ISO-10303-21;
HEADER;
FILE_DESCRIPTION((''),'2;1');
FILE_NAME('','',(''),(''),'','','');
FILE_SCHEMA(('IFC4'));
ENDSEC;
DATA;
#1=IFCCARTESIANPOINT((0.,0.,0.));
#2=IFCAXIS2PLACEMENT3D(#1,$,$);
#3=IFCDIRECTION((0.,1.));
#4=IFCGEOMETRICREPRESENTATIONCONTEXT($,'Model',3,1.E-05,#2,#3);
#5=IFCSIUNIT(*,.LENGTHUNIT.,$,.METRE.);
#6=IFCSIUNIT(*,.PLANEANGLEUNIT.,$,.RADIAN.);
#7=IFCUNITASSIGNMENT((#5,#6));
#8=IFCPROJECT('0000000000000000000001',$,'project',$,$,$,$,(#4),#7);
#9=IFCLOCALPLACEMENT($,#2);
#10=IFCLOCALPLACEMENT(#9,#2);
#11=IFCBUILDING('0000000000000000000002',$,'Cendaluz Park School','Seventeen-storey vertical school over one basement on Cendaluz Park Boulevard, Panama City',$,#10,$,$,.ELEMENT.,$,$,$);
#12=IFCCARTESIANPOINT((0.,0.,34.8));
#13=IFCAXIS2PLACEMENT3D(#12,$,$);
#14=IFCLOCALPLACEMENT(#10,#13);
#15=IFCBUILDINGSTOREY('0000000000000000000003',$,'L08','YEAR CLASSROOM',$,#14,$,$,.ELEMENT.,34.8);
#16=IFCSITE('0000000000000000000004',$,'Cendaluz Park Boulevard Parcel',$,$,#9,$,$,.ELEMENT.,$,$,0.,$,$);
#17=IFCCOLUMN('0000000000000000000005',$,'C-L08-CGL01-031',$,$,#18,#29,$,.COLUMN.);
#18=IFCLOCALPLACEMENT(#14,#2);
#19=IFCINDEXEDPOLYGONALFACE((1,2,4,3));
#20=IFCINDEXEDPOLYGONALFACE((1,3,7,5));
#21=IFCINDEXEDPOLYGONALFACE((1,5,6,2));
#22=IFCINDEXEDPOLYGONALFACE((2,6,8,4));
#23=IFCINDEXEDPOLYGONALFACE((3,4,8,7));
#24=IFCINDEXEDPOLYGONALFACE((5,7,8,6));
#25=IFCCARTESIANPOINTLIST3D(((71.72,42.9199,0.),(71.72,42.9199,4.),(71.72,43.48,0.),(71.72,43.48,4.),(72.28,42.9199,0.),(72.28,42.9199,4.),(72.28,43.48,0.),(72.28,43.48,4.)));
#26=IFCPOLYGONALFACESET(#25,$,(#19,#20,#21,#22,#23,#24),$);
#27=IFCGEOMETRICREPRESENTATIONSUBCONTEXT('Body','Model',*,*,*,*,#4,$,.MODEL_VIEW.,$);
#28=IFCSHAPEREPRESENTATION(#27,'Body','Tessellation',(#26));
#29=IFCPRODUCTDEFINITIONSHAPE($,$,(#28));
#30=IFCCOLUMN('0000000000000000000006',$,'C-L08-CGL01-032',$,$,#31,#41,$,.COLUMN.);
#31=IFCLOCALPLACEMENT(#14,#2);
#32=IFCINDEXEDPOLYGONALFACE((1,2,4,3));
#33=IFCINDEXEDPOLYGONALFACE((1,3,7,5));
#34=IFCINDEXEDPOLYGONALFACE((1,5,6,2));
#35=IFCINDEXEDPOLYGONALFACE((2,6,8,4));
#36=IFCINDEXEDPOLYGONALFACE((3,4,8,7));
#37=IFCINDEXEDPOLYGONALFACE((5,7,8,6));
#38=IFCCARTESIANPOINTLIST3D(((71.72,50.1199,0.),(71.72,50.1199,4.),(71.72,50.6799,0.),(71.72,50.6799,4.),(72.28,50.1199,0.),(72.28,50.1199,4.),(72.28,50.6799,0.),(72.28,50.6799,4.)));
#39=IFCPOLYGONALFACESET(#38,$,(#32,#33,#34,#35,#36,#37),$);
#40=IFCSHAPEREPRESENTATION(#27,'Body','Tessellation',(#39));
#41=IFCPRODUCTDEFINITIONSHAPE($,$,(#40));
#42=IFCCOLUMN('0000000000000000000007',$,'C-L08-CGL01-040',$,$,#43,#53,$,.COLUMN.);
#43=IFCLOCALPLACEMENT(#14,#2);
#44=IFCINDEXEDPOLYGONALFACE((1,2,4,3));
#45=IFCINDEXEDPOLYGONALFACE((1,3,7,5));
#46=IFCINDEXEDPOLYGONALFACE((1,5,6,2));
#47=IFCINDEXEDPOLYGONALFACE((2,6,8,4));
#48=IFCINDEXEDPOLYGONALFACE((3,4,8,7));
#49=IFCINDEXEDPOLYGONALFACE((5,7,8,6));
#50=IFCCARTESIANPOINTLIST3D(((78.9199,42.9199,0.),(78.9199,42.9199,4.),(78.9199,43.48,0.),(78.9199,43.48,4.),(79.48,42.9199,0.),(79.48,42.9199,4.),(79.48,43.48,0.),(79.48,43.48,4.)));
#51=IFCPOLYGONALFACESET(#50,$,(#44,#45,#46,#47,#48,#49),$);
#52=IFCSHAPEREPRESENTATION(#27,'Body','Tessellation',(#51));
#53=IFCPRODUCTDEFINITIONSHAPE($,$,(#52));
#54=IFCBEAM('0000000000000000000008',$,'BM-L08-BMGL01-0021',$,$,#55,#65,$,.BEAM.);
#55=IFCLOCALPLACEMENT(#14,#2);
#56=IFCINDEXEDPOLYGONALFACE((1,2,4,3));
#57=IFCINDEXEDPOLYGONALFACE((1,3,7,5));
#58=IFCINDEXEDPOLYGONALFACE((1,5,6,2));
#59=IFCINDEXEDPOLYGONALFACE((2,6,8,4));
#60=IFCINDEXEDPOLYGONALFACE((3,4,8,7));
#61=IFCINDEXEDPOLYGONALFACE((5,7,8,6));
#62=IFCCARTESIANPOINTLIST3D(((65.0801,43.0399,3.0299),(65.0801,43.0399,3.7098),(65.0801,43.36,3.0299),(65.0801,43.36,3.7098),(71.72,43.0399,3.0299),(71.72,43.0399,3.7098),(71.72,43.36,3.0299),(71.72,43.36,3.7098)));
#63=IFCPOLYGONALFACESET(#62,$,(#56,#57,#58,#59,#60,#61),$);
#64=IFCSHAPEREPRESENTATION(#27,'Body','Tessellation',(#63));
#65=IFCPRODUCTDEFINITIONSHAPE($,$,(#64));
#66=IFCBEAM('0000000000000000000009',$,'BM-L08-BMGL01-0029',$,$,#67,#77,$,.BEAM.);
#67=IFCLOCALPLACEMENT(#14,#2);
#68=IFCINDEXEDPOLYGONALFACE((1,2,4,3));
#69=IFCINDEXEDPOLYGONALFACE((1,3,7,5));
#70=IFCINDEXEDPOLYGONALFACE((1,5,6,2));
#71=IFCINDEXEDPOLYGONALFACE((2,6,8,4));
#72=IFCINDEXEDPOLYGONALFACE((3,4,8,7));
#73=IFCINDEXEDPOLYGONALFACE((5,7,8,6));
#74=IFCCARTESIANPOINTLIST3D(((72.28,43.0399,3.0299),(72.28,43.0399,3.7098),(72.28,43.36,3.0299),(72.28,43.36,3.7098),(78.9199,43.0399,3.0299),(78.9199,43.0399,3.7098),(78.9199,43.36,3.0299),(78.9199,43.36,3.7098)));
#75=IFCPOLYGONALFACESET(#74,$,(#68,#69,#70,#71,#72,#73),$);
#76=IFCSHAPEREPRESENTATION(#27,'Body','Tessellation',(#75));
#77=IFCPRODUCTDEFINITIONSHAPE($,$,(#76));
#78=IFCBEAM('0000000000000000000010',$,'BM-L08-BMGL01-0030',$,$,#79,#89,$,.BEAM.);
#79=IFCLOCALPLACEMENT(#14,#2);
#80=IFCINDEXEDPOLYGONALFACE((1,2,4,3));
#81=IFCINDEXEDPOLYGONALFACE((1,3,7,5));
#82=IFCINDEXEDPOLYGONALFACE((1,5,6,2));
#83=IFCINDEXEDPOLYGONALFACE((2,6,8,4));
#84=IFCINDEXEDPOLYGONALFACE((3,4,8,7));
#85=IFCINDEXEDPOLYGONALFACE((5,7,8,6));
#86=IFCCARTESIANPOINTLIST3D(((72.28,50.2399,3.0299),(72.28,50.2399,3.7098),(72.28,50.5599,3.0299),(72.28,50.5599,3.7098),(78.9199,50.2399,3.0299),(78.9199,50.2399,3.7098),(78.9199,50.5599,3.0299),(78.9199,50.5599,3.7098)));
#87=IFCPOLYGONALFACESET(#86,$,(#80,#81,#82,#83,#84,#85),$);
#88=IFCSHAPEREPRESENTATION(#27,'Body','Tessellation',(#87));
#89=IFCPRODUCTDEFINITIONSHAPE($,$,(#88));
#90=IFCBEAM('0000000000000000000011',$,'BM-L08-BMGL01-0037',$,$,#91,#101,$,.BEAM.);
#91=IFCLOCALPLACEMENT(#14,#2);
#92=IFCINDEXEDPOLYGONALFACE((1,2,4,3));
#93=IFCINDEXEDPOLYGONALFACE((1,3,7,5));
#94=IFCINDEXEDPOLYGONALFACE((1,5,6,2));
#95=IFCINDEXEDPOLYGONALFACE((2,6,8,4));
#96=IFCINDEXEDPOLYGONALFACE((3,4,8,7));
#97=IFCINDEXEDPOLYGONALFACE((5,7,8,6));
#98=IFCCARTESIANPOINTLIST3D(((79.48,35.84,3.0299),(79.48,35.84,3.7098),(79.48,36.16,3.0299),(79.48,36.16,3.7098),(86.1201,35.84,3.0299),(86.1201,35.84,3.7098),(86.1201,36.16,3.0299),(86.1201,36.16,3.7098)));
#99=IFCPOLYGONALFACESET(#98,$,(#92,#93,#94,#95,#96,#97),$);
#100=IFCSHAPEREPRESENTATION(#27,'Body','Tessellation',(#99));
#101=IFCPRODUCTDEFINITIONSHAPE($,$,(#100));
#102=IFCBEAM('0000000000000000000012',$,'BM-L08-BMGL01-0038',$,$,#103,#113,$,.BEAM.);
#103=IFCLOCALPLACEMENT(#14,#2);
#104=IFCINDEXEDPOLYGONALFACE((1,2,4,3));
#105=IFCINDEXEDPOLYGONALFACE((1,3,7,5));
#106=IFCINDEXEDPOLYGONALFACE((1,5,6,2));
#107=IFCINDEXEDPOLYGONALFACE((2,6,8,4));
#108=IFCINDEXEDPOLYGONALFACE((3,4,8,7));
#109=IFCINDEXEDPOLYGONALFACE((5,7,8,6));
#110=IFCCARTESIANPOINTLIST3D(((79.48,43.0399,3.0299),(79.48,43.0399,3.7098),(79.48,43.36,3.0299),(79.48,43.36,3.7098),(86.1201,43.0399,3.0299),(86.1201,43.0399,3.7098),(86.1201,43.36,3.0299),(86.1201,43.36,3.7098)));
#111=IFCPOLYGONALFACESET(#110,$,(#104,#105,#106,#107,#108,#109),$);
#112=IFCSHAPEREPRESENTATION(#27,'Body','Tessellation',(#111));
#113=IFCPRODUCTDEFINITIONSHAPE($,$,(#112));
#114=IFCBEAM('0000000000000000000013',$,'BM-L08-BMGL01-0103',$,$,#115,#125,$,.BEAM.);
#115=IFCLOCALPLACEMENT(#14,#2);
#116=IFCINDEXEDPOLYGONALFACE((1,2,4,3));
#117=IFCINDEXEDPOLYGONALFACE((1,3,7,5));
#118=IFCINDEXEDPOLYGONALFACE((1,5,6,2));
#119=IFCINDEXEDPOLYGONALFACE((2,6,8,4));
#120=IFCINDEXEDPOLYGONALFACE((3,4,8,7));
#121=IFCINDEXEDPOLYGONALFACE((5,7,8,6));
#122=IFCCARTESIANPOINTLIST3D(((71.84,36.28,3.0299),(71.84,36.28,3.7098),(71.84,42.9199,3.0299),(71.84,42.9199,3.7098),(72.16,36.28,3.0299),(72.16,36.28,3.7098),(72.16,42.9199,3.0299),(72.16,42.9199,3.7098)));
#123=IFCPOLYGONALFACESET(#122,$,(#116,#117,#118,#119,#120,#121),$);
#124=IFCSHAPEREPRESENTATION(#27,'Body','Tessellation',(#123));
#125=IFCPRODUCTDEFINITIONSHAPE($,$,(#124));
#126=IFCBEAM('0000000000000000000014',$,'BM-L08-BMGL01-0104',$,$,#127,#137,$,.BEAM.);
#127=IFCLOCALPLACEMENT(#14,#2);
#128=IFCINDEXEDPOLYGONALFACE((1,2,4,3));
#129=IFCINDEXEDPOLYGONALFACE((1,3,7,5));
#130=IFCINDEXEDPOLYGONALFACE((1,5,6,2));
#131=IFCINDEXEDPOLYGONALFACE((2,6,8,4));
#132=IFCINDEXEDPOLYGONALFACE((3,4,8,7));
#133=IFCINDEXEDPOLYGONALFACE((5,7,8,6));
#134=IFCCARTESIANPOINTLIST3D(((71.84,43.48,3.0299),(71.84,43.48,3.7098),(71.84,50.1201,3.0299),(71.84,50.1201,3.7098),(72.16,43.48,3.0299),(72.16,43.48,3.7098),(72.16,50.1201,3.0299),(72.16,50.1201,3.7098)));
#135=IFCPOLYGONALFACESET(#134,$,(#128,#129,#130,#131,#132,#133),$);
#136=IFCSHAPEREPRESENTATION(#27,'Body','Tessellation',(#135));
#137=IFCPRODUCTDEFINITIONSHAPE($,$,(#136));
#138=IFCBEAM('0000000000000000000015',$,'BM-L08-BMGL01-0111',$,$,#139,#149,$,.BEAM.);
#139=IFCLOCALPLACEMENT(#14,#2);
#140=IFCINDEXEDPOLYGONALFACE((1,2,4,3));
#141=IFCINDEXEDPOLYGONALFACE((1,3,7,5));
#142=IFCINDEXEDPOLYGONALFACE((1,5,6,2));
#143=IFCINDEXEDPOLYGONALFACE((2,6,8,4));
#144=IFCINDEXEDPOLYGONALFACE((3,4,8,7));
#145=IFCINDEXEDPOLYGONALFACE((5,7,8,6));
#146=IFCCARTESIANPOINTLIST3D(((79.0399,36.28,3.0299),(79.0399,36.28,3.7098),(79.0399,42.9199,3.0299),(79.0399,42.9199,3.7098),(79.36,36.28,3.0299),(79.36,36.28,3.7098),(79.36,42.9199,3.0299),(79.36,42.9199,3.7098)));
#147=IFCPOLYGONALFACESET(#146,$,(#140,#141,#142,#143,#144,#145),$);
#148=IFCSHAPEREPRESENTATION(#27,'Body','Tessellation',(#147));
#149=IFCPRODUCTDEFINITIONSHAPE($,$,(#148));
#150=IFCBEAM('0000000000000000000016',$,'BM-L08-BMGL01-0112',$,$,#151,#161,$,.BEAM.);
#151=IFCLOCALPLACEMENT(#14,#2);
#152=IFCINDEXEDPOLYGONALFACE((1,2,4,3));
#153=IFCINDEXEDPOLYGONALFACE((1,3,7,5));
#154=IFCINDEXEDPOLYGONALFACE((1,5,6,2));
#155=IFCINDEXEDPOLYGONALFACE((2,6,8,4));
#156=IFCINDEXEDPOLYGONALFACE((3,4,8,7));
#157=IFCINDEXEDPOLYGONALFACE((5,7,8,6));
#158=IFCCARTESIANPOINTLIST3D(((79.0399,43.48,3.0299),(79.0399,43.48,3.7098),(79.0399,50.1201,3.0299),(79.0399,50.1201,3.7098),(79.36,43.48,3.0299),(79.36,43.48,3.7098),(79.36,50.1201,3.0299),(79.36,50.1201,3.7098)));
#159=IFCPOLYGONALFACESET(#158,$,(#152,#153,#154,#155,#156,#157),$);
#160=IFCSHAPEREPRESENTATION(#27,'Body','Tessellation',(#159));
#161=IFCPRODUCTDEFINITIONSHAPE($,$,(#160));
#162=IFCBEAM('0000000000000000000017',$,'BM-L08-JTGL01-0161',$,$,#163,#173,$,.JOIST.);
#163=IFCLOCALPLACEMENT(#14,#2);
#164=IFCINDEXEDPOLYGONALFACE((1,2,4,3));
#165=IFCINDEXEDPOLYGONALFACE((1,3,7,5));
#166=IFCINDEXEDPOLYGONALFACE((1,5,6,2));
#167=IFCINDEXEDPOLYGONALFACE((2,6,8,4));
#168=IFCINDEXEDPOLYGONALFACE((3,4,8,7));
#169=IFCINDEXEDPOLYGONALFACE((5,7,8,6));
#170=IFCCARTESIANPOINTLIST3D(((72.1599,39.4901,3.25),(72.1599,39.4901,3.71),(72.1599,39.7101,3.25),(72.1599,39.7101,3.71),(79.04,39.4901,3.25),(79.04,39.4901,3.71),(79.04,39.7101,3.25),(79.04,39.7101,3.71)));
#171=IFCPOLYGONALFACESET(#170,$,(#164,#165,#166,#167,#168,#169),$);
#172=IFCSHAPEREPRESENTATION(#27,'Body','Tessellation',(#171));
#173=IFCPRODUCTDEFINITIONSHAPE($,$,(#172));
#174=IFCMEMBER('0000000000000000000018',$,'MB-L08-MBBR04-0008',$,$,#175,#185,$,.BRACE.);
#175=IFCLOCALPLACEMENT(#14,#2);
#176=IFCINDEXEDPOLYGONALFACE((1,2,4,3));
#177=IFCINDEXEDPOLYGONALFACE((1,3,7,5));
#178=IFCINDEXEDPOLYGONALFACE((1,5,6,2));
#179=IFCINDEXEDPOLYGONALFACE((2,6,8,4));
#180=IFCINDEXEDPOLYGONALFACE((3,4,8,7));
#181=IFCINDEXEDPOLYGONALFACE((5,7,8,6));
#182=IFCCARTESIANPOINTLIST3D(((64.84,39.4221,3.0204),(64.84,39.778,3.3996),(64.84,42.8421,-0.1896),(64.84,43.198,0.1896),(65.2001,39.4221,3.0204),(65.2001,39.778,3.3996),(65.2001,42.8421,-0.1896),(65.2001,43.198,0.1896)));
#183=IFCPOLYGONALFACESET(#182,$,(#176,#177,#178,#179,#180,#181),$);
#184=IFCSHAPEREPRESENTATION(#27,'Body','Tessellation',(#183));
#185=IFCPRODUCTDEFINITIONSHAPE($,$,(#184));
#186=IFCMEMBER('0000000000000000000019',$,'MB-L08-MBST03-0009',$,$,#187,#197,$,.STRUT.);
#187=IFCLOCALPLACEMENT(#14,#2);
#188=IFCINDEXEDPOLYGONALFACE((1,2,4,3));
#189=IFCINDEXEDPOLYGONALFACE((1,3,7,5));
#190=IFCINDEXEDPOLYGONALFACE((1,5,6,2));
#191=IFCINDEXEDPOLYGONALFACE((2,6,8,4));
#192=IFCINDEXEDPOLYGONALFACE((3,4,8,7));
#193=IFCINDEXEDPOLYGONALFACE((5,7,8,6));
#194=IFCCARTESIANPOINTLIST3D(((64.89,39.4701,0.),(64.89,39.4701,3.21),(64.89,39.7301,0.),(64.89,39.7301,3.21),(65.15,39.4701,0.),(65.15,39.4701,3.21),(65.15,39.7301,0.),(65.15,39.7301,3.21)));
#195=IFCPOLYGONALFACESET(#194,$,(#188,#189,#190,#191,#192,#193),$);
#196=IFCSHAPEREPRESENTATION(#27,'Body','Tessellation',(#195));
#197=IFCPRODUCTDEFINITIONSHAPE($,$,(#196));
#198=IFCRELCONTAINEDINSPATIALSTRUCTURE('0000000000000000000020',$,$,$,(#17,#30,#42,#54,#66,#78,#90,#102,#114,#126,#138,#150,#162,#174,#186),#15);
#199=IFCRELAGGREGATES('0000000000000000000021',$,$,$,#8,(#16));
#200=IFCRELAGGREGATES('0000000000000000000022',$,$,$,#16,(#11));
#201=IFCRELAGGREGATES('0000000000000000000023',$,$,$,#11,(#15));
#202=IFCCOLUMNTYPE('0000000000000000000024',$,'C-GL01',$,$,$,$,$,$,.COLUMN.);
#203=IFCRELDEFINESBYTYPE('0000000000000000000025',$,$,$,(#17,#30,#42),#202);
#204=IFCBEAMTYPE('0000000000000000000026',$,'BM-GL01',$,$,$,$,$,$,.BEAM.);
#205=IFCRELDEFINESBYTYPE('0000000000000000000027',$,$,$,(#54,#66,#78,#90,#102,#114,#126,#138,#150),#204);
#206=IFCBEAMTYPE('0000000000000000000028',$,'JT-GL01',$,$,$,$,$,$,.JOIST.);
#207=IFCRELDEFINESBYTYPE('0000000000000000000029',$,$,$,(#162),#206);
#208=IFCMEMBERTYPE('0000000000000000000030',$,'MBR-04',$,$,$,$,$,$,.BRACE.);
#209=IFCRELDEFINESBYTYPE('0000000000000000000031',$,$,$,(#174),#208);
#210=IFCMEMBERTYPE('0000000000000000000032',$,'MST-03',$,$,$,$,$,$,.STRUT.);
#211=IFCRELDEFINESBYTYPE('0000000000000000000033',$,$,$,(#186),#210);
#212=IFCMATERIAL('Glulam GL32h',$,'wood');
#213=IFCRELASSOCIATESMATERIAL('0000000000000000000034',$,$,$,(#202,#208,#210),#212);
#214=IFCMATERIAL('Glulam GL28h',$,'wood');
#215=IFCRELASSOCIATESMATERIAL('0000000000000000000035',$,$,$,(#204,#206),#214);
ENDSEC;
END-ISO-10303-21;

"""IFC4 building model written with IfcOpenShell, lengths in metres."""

from ifc_helpers import new_model, si_unit, direction, frame, origin, origin_2d, place, context, subcontext, project, spatial, rectangle, extrude, material, material_profile, profile_set, type_object, element, save


model = new_model("IFC4")

# Units and contexts
model_context = context("Model", 3, precision=1e-05, world=origin(), true_north=direction((0.0, 1.0)))
body_context = subcontext(model_context, "Body", "Model", "MODEL_VIEW")
ifc_project = project(units=[si_unit("LENGTHUNIT", "METRE"), si_unit("PLANEANGLEUNIT", "RADIAN")], contexts=[model_context])

# Site, building, storey
site_placement = place(None, origin())
site = spatial("IfcSite", under=ifc_project, at=site_placement, Name="Cendaluz Park Boulevard Parcel", CompositionType="ELEMENT", RefElevation=0.0)
building_placement = place(site_placement, origin())
building = spatial("IfcBuilding", under=site, at=building_placement, Name="Cendaluz Park School", Description="Seventeen-storey vertical school over one basement on Cendaluz Park Boulevard, Panama City", CompositionType="ELEMENT")
storey_placement = place(building_placement, frame((0.0, 0.0, 34.8)))
storey = spatial("IfcBuildingStorey", under=building, at=storey_placement, Name="L08", Description="YEAR CLASSROOM", CompositionType="ELEMENT", Elevation=34.8)

# Columns
ifc_material_1 = material(Name="Glulam GL32h", Category="wood")
ifc_material_profile_1 = material_profile(ifc_material_1, rectangle(XDim=0.5601, YDim=0.5601, at=origin_2d()), Name="GL32h 560x560", Category="wood")
ifc_profile_set_1 = profile_set([ifc_material_profile_1], Name="Glulam GL32h")
column_type = type_object("IfcColumnType", Name="C-GL01", PredefinedType="COLUMN", material=ifc_profile_set_1)
for number, where, z_axis, x_axis, name in (
    (1, (72.0, 43.2, 0.0), (0.0, 0.0, 1.0), (1.0, 0.0, 0.0), "C-L08-CGL01-031"),
    (2, (72.0, 50.3999, 0.0), (0.0, 0.0, 1.0), (1.0, 0.0, 0.0), "C-L08-CGL01-032"),
    (3, (79.2, 43.2, 0.0), (0.0, 0.0, 1.0), (1.0, 0.0, 0.0), "C-L08-CGL01-040"),
):
    element("IfcColumn", number, at=place(storey_placement, frame(where, z_axis=z_axis, x_axis=x_axis)), inside=storey, type_object=column_type, Name=name, PredefinedType="COLUMN", context=body_context, shape_type="SweptSolid", body=[
        extrude(rectangle(XDim=0.5601, YDim=0.5601, at=origin_2d()), origin(), (0.0, 0.0, 1.0), 4.0),
    ])

# Beams
ifc_material_2 = material(Name="Glulam GL28h", Category="wood")
ifc_material_profile_2 = material_profile(ifc_material_2, rectangle(XDim=0.3201, YDim=0.6799, at=origin_2d()), Name="GL28h 320x680", Category="wood")
ifc_profile_set_2 = profile_set([ifc_material_profile_2], Name="Glulam GL28h")
beam_type_1 = type_object("IfcBeamType", Name="BM-GL01", PredefinedType="BEAM", material=ifc_profile_set_2)
for number, where, z_axis, x_axis, name in (
    (4, (65.0801, 43.2, 3.3699), (1.0, 0.0, 0.0), (0.0, 1.0, 0.0), "BM-L08-BMGL01-0021"),
    (5, (72.28, 43.2, 3.3699), (1.0, 0.0, 0.0), (0.0, 1.0, 0.0), "BM-L08-BMGL01-0029"),
    (6, (72.28, 50.3999, 3.3699), (1.0, 0.0, 0.0), (0.0, 1.0, 0.0), "BM-L08-BMGL01-0030"),
):
    element("IfcBeam", number, at=place(storey_placement, frame(where, z_axis=z_axis, x_axis=x_axis)), inside=storey, type_object=beam_type_1, Name=name, PredefinedType="BEAM", context=body_context, shape_type="SweptSolid", body=[
        extrude(rectangle(XDim=0.3201, YDim=0.6799, at=origin_2d()), origin(), (0.0, 0.0, 1.0), 6.6399),
    ])
for number, where, z_axis, x_axis, name in (
    (7, (79.48, 36.0, 3.3699), (1.0, 0.0, 0.0), (0.0, 1.0, 0.0), "BM-L08-BMGL01-0037"),
    (8, (79.48, 43.2, 3.3699), (1.0, 0.0, 0.0), (0.0, 1.0, 0.0), "BM-L08-BMGL01-0038"),
):
    element("IfcBeam", number, at=place(storey_placement, frame(where, z_axis=z_axis, x_axis=x_axis)), inside=storey, type_object=beam_type_1, Name=name, PredefinedType="BEAM", context=body_context, shape_type="SweptSolid", body=[
        extrude(rectangle(XDim=0.3201, YDim=0.6799, at=origin_2d()), origin(), (0.0, 0.0, 1.0), 6.6401),
    ])
beam_1_placement = place(storey_placement, frame((72.0, 36.28, 3.3699), z_axis=(0.0, 1.0, 0.0), x_axis=(-1.0, 0.0, 0.0)))
element("IfcBeam", 9, at=beam_1_placement, inside=storey, type_object=beam_type_1, Name="BM-L08-BMGL01-0103", PredefinedType="BEAM", context=body_context, shape_type="SweptSolid", body=[
    extrude(rectangle(XDim=0.3201, YDim=0.6799, at=origin_2d()), origin(), (0.0, 0.0, 1.0), 6.6399),
])
beam_2_placement = place(storey_placement, frame((72.0, 43.48, 3.3699), z_axis=(0.0, 1.0, 0.0), x_axis=(-1.0, 0.0, 0.0)))
element("IfcBeam", 10, at=beam_2_placement, inside=storey, type_object=beam_type_1, Name="BM-L08-BMGL01-0104", PredefinedType="BEAM", context=body_context, shape_type="SweptSolid", body=[
    extrude(rectangle(XDim=0.3201, YDim=0.6799, at=origin_2d()), origin(), (0.0, 0.0, 1.0), 6.6401),
])
beam_3_placement = place(storey_placement, frame((79.2, 36.28, 3.3699), z_axis=(0.0, 1.0, 0.0), x_axis=(-1.0, 0.0, 0.0)))
element("IfcBeam", 11, at=beam_3_placement, inside=storey, type_object=beam_type_1, Name="BM-L08-BMGL01-0111", PredefinedType="BEAM", context=body_context, shape_type="SweptSolid", body=[
    extrude(rectangle(XDim=0.3201, YDim=0.6799, at=origin_2d()), origin(), (0.0, 0.0, 1.0), 6.6399),
])
beam_4_placement = place(storey_placement, frame((79.2, 43.48, 3.3699), z_axis=(0.0, 1.0, 0.0), x_axis=(-1.0, 0.0, 0.0)))
element("IfcBeam", 12, at=beam_4_placement, inside=storey, type_object=beam_type_1, Name="BM-L08-BMGL01-0112", PredefinedType="BEAM", context=body_context, shape_type="SweptSolid", body=[
    extrude(rectangle(XDim=0.3201, YDim=0.6799, at=origin_2d()), origin(), (0.0, 0.0, 1.0), 6.6401),
])
ifc_material_profile_3 = material_profile(ifc_material_2, rectangle(XDim=0.22, YDim=0.46, at=origin_2d()), Name="GL28h 220x460", Category="wood")
ifc_profile_set_3 = profile_set([ifc_material_profile_3], Name="Glulam GL28h")
beam_type_2 = type_object("IfcBeamType", Name="JT-GL01", PredefinedType="JOIST", material=ifc_profile_set_3)
beam_5_placement = place(storey_placement, frame((72.1599, 39.6001, 3.48), z_axis=(1.0, 0.0, 0.0), x_axis=(0.0, 1.0, 0.0)))
element("IfcBeam", 13, at=beam_5_placement, inside=storey, type_object=beam_type_2, Name="BM-L08-JTGL01-0161", PredefinedType="JOIST", context=body_context, shape_type="SweptSolid", body=[
    extrude(rectangle(XDim=0.22, YDim=0.46, at=origin_2d()), origin(), (0.0, 0.0, 1.0), 6.8801),
])

# Members
ifc_material_profile_4 = material_profile(ifc_material_1, rectangle(XDim=0.3601, YDim=0.52, at=origin_2d()), Name="GL32h 360x520", Category="wood")
ifc_profile_set_4 = profile_set([ifc_material_profile_4], Name="Glulam GL32h")
member_type_1 = type_object("IfcMemberType", Name="MBR-04", PredefinedType="BRACE", material=ifc_profile_set_4)
member_1_placement = place(storey_placement, frame((65.02, 43.02, 0.0), z_axis=(0.0, -0.729135, 0.68437), x_axis=(1.0, 0.0, 0.0)))
element("IfcMember", 14, at=member_1_placement, inside=storey, type_object=member_type_1, Name="MB-L08-MBBR04-0008", PredefinedType="BRACE", context=body_context, shape_type="SweptSolid", body=[
    extrude(rectangle(XDim=0.3601, YDim=0.52, at=origin_2d()), origin(), (0.0, 0.0, 1.0), 4.6904),
])
ifc_material_profile_5 = material_profile(ifc_material_1, rectangle(XDim=0.26, YDim=0.26, at=origin_2d()), Name="GL32h 260x260", Category="wood")
ifc_profile_set_5 = profile_set([ifc_material_profile_5], Name="Glulam GL32h")
member_type_2 = type_object("IfcMemberType", Name="MST-03", PredefinedType="STRUT", material=ifc_profile_set_5)
member_2_placement = place(storey_placement, frame((65.02, 39.6001, 0.0), z_axis=(0.0, 0.0, 1.0), x_axis=(1.0, 0.0, 0.0)))
element("IfcMember", 15, at=member_2_placement, inside=storey, type_object=member_type_2, Name="MB-L08-MBST03-0009", PredefinedType="STRUT", context=body_context, shape_type="SweptSolid", body=[
    extrude(rectangle(XDim=0.26, YDim=0.26, at=origin_2d()), origin(), (0.0, 0.0, 1.0), 3.21),
])

save(model, "model.ifc")
